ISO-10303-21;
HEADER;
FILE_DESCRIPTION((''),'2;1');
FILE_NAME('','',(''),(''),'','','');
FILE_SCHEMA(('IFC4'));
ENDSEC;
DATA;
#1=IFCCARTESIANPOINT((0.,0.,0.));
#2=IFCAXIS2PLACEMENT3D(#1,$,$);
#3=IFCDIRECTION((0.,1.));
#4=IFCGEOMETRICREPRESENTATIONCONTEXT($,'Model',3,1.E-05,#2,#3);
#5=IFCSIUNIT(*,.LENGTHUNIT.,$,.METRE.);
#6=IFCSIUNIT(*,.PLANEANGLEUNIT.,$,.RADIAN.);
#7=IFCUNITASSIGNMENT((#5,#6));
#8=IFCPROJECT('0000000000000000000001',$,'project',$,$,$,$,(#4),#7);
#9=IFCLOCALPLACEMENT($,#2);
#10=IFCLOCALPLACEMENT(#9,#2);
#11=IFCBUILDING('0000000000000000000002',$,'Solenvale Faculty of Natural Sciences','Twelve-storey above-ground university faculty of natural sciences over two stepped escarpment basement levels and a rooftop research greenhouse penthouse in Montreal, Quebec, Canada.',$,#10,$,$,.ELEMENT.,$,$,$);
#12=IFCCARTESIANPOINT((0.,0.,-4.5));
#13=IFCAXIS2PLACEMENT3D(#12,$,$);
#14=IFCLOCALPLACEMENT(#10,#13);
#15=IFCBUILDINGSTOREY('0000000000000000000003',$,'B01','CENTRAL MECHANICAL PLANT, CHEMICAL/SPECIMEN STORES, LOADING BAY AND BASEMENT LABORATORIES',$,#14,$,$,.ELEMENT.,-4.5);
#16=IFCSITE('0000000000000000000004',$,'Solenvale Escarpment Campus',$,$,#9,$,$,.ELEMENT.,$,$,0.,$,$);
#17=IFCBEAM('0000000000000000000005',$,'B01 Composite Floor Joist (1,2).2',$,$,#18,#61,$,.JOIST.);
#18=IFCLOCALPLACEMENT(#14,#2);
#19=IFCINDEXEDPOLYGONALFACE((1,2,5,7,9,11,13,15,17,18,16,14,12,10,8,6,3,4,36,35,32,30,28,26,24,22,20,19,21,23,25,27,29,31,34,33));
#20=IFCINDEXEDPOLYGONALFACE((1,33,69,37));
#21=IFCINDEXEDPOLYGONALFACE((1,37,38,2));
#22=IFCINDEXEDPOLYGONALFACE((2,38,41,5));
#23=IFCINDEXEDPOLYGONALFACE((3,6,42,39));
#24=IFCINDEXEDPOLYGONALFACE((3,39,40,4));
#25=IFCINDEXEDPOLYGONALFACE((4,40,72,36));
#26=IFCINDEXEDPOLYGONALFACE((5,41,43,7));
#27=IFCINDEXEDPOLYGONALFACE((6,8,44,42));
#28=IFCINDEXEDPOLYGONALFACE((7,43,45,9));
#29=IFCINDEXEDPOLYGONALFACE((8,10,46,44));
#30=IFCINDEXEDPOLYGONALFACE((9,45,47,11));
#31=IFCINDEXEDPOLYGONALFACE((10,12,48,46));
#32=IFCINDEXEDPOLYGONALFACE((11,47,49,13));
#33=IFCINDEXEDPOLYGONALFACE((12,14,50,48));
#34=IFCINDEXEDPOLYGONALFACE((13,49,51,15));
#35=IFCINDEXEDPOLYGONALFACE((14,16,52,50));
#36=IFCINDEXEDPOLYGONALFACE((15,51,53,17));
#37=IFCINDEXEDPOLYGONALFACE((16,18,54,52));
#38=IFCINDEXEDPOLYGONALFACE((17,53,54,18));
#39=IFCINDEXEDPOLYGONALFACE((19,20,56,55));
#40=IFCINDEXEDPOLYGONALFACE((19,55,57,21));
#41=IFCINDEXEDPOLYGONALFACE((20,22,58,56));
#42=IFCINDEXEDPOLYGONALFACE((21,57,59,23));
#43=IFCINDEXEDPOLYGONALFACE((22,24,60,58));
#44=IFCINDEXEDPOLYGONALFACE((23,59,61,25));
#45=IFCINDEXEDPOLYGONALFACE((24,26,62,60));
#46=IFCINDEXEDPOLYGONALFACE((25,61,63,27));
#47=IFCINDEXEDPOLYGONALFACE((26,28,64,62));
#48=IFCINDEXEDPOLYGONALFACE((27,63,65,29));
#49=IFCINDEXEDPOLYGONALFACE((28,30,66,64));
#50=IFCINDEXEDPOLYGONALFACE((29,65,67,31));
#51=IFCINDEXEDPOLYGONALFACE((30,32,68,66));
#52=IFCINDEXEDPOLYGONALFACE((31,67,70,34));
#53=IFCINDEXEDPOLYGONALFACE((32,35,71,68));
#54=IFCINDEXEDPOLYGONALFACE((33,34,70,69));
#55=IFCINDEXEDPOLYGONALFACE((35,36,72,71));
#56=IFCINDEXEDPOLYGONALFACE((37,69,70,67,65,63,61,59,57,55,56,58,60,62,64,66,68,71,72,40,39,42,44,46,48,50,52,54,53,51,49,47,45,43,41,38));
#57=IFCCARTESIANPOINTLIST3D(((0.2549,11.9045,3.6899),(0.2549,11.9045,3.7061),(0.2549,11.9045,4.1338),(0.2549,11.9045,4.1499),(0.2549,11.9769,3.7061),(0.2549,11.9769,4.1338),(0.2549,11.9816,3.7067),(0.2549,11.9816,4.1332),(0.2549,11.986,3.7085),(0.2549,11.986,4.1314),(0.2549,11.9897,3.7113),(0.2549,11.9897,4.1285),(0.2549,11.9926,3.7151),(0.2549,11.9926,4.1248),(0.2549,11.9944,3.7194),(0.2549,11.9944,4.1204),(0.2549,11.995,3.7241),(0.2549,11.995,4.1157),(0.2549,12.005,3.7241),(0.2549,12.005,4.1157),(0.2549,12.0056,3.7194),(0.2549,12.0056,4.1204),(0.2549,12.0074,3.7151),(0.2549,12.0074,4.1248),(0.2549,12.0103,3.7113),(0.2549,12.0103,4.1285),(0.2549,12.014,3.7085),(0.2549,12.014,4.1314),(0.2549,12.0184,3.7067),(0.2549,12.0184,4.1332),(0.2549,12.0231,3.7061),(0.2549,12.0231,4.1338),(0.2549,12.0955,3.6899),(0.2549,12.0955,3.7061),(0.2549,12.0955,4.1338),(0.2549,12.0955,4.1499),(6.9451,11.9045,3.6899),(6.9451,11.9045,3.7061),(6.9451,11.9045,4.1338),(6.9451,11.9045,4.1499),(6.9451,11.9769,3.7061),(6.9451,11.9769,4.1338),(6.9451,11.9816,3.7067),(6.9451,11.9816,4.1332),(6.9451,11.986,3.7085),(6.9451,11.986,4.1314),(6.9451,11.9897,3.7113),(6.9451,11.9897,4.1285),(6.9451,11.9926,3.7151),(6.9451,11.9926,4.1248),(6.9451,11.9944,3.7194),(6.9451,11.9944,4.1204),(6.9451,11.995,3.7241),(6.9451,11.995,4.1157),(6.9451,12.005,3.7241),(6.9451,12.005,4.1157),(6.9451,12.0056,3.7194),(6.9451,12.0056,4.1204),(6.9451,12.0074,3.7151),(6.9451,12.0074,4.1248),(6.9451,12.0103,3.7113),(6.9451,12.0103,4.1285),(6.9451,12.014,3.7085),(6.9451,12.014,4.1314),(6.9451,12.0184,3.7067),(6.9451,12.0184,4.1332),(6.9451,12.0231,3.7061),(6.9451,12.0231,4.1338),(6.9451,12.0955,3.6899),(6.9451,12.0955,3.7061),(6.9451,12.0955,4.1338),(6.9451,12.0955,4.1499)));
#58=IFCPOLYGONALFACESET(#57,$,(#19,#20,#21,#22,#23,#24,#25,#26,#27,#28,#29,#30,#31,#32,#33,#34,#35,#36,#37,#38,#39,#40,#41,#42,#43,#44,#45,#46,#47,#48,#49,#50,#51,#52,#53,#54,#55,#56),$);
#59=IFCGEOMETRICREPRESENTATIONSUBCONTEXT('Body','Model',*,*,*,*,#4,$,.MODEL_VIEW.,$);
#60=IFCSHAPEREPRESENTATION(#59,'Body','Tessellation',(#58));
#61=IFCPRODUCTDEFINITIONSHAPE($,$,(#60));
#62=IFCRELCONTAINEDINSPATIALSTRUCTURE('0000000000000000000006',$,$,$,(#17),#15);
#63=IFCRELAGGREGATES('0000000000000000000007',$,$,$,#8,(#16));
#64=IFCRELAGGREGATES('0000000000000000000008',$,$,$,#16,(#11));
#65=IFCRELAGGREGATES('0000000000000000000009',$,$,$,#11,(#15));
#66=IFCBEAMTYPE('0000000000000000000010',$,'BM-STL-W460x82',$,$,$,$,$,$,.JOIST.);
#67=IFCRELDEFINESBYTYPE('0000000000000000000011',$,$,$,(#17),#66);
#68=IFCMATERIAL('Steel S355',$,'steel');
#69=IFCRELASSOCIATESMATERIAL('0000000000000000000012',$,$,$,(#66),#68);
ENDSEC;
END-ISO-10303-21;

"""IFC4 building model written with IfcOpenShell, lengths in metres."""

from ifc_helpers import new_model, si_unit, direction, frame, origin, origin_2d, place, context, subcontext, project, spatial, i_section, extrude, material, material_profile, profile_set, type_object, element, save


model = new_model("IFC4")

# Units and contexts
model_context = context("Model", 3, precision=1e-05, world=origin(), true_north=direction((0.0, 1.0)))
body_context = subcontext(model_context, "Body", "Model", "MODEL_VIEW")
ifc_project = project(units=[si_unit("LENGTHUNIT", "METRE"), si_unit("PLANEANGLEUNIT", "RADIAN")], contexts=[model_context])

# Site, building, storey
site_placement = place(None, origin())
site = spatial("IfcSite", under=ifc_project, at=site_placement, Name="Solenvale Escarpment Campus", CompositionType="ELEMENT", RefElevation=0.0)
building_placement = place(site_placement, origin())
building = spatial("IfcBuilding", under=site, at=building_placement, Name="Solenvale Faculty of Natural Sciences", Description="Twelve-storey above-ground university faculty of natural sciences over two stepped escarpment basement levels and a rooftop research greenhouse penthouse in Montreal, Quebec, Canada.", CompositionType="ELEMENT")
storey_placement = place(building_placement, frame((0.0, 0.0, -4.5)))
storey = spatial("IfcBuildingStorey", under=building, at=storey_placement, Name="B01", Description="CENTRAL MECHANICAL PLANT, CHEMICAL/SPECIMEN STORES, LOADING BAY AND BASEMENT LABORATORIES", CompositionType="ELEMENT", Elevation=-4.5)

# Beam
ifc_material_1 = material(Name="Steel S355", Category="steel")
ifc_material_profile_1 = material_profile(ifc_material_1, i_section(OverallWidth=0.1909, OverallDepth=0.46, WebThickness=0.01, FlangeThickness=0.0161, FilletRadius=0.0181, at=origin_2d()), Name="W460x82")
ifc_profile_set_1 = profile_set([ifc_material_profile_1], Name="Steel S355")
beam_type_1 = type_object("IfcBeamType", Name="BM-STL-W460x82", PredefinedType="JOIST", material=ifc_profile_set_1)
for number, where, z_axis, x_axis, name in (
    (1, (0.2549, 12.0, 3.9199), (1.0, 0.0, 0.0), (0.0, 1.0, 0.0), "B01 Composite Floor Joist (1,2).2"),
):
    element("IfcBeam", number, at=place(storey_placement, frame(where, z_axis=z_axis, x_axis=x_axis)), inside=storey, type_object=beam_type_1, Name=name, PredefinedType="JOIST", context=body_context, shape_type="SweptSolid", body=[
        extrude(i_section(OverallWidth=0.1909, OverallDepth=0.46, WebThickness=0.01, FlangeThickness=0.0161, FilletRadius=0.0181, at=origin_2d()), origin(), (0.0, 0.0, 1.0), 6.6902),
    ])

save(model, "model.ifc")
